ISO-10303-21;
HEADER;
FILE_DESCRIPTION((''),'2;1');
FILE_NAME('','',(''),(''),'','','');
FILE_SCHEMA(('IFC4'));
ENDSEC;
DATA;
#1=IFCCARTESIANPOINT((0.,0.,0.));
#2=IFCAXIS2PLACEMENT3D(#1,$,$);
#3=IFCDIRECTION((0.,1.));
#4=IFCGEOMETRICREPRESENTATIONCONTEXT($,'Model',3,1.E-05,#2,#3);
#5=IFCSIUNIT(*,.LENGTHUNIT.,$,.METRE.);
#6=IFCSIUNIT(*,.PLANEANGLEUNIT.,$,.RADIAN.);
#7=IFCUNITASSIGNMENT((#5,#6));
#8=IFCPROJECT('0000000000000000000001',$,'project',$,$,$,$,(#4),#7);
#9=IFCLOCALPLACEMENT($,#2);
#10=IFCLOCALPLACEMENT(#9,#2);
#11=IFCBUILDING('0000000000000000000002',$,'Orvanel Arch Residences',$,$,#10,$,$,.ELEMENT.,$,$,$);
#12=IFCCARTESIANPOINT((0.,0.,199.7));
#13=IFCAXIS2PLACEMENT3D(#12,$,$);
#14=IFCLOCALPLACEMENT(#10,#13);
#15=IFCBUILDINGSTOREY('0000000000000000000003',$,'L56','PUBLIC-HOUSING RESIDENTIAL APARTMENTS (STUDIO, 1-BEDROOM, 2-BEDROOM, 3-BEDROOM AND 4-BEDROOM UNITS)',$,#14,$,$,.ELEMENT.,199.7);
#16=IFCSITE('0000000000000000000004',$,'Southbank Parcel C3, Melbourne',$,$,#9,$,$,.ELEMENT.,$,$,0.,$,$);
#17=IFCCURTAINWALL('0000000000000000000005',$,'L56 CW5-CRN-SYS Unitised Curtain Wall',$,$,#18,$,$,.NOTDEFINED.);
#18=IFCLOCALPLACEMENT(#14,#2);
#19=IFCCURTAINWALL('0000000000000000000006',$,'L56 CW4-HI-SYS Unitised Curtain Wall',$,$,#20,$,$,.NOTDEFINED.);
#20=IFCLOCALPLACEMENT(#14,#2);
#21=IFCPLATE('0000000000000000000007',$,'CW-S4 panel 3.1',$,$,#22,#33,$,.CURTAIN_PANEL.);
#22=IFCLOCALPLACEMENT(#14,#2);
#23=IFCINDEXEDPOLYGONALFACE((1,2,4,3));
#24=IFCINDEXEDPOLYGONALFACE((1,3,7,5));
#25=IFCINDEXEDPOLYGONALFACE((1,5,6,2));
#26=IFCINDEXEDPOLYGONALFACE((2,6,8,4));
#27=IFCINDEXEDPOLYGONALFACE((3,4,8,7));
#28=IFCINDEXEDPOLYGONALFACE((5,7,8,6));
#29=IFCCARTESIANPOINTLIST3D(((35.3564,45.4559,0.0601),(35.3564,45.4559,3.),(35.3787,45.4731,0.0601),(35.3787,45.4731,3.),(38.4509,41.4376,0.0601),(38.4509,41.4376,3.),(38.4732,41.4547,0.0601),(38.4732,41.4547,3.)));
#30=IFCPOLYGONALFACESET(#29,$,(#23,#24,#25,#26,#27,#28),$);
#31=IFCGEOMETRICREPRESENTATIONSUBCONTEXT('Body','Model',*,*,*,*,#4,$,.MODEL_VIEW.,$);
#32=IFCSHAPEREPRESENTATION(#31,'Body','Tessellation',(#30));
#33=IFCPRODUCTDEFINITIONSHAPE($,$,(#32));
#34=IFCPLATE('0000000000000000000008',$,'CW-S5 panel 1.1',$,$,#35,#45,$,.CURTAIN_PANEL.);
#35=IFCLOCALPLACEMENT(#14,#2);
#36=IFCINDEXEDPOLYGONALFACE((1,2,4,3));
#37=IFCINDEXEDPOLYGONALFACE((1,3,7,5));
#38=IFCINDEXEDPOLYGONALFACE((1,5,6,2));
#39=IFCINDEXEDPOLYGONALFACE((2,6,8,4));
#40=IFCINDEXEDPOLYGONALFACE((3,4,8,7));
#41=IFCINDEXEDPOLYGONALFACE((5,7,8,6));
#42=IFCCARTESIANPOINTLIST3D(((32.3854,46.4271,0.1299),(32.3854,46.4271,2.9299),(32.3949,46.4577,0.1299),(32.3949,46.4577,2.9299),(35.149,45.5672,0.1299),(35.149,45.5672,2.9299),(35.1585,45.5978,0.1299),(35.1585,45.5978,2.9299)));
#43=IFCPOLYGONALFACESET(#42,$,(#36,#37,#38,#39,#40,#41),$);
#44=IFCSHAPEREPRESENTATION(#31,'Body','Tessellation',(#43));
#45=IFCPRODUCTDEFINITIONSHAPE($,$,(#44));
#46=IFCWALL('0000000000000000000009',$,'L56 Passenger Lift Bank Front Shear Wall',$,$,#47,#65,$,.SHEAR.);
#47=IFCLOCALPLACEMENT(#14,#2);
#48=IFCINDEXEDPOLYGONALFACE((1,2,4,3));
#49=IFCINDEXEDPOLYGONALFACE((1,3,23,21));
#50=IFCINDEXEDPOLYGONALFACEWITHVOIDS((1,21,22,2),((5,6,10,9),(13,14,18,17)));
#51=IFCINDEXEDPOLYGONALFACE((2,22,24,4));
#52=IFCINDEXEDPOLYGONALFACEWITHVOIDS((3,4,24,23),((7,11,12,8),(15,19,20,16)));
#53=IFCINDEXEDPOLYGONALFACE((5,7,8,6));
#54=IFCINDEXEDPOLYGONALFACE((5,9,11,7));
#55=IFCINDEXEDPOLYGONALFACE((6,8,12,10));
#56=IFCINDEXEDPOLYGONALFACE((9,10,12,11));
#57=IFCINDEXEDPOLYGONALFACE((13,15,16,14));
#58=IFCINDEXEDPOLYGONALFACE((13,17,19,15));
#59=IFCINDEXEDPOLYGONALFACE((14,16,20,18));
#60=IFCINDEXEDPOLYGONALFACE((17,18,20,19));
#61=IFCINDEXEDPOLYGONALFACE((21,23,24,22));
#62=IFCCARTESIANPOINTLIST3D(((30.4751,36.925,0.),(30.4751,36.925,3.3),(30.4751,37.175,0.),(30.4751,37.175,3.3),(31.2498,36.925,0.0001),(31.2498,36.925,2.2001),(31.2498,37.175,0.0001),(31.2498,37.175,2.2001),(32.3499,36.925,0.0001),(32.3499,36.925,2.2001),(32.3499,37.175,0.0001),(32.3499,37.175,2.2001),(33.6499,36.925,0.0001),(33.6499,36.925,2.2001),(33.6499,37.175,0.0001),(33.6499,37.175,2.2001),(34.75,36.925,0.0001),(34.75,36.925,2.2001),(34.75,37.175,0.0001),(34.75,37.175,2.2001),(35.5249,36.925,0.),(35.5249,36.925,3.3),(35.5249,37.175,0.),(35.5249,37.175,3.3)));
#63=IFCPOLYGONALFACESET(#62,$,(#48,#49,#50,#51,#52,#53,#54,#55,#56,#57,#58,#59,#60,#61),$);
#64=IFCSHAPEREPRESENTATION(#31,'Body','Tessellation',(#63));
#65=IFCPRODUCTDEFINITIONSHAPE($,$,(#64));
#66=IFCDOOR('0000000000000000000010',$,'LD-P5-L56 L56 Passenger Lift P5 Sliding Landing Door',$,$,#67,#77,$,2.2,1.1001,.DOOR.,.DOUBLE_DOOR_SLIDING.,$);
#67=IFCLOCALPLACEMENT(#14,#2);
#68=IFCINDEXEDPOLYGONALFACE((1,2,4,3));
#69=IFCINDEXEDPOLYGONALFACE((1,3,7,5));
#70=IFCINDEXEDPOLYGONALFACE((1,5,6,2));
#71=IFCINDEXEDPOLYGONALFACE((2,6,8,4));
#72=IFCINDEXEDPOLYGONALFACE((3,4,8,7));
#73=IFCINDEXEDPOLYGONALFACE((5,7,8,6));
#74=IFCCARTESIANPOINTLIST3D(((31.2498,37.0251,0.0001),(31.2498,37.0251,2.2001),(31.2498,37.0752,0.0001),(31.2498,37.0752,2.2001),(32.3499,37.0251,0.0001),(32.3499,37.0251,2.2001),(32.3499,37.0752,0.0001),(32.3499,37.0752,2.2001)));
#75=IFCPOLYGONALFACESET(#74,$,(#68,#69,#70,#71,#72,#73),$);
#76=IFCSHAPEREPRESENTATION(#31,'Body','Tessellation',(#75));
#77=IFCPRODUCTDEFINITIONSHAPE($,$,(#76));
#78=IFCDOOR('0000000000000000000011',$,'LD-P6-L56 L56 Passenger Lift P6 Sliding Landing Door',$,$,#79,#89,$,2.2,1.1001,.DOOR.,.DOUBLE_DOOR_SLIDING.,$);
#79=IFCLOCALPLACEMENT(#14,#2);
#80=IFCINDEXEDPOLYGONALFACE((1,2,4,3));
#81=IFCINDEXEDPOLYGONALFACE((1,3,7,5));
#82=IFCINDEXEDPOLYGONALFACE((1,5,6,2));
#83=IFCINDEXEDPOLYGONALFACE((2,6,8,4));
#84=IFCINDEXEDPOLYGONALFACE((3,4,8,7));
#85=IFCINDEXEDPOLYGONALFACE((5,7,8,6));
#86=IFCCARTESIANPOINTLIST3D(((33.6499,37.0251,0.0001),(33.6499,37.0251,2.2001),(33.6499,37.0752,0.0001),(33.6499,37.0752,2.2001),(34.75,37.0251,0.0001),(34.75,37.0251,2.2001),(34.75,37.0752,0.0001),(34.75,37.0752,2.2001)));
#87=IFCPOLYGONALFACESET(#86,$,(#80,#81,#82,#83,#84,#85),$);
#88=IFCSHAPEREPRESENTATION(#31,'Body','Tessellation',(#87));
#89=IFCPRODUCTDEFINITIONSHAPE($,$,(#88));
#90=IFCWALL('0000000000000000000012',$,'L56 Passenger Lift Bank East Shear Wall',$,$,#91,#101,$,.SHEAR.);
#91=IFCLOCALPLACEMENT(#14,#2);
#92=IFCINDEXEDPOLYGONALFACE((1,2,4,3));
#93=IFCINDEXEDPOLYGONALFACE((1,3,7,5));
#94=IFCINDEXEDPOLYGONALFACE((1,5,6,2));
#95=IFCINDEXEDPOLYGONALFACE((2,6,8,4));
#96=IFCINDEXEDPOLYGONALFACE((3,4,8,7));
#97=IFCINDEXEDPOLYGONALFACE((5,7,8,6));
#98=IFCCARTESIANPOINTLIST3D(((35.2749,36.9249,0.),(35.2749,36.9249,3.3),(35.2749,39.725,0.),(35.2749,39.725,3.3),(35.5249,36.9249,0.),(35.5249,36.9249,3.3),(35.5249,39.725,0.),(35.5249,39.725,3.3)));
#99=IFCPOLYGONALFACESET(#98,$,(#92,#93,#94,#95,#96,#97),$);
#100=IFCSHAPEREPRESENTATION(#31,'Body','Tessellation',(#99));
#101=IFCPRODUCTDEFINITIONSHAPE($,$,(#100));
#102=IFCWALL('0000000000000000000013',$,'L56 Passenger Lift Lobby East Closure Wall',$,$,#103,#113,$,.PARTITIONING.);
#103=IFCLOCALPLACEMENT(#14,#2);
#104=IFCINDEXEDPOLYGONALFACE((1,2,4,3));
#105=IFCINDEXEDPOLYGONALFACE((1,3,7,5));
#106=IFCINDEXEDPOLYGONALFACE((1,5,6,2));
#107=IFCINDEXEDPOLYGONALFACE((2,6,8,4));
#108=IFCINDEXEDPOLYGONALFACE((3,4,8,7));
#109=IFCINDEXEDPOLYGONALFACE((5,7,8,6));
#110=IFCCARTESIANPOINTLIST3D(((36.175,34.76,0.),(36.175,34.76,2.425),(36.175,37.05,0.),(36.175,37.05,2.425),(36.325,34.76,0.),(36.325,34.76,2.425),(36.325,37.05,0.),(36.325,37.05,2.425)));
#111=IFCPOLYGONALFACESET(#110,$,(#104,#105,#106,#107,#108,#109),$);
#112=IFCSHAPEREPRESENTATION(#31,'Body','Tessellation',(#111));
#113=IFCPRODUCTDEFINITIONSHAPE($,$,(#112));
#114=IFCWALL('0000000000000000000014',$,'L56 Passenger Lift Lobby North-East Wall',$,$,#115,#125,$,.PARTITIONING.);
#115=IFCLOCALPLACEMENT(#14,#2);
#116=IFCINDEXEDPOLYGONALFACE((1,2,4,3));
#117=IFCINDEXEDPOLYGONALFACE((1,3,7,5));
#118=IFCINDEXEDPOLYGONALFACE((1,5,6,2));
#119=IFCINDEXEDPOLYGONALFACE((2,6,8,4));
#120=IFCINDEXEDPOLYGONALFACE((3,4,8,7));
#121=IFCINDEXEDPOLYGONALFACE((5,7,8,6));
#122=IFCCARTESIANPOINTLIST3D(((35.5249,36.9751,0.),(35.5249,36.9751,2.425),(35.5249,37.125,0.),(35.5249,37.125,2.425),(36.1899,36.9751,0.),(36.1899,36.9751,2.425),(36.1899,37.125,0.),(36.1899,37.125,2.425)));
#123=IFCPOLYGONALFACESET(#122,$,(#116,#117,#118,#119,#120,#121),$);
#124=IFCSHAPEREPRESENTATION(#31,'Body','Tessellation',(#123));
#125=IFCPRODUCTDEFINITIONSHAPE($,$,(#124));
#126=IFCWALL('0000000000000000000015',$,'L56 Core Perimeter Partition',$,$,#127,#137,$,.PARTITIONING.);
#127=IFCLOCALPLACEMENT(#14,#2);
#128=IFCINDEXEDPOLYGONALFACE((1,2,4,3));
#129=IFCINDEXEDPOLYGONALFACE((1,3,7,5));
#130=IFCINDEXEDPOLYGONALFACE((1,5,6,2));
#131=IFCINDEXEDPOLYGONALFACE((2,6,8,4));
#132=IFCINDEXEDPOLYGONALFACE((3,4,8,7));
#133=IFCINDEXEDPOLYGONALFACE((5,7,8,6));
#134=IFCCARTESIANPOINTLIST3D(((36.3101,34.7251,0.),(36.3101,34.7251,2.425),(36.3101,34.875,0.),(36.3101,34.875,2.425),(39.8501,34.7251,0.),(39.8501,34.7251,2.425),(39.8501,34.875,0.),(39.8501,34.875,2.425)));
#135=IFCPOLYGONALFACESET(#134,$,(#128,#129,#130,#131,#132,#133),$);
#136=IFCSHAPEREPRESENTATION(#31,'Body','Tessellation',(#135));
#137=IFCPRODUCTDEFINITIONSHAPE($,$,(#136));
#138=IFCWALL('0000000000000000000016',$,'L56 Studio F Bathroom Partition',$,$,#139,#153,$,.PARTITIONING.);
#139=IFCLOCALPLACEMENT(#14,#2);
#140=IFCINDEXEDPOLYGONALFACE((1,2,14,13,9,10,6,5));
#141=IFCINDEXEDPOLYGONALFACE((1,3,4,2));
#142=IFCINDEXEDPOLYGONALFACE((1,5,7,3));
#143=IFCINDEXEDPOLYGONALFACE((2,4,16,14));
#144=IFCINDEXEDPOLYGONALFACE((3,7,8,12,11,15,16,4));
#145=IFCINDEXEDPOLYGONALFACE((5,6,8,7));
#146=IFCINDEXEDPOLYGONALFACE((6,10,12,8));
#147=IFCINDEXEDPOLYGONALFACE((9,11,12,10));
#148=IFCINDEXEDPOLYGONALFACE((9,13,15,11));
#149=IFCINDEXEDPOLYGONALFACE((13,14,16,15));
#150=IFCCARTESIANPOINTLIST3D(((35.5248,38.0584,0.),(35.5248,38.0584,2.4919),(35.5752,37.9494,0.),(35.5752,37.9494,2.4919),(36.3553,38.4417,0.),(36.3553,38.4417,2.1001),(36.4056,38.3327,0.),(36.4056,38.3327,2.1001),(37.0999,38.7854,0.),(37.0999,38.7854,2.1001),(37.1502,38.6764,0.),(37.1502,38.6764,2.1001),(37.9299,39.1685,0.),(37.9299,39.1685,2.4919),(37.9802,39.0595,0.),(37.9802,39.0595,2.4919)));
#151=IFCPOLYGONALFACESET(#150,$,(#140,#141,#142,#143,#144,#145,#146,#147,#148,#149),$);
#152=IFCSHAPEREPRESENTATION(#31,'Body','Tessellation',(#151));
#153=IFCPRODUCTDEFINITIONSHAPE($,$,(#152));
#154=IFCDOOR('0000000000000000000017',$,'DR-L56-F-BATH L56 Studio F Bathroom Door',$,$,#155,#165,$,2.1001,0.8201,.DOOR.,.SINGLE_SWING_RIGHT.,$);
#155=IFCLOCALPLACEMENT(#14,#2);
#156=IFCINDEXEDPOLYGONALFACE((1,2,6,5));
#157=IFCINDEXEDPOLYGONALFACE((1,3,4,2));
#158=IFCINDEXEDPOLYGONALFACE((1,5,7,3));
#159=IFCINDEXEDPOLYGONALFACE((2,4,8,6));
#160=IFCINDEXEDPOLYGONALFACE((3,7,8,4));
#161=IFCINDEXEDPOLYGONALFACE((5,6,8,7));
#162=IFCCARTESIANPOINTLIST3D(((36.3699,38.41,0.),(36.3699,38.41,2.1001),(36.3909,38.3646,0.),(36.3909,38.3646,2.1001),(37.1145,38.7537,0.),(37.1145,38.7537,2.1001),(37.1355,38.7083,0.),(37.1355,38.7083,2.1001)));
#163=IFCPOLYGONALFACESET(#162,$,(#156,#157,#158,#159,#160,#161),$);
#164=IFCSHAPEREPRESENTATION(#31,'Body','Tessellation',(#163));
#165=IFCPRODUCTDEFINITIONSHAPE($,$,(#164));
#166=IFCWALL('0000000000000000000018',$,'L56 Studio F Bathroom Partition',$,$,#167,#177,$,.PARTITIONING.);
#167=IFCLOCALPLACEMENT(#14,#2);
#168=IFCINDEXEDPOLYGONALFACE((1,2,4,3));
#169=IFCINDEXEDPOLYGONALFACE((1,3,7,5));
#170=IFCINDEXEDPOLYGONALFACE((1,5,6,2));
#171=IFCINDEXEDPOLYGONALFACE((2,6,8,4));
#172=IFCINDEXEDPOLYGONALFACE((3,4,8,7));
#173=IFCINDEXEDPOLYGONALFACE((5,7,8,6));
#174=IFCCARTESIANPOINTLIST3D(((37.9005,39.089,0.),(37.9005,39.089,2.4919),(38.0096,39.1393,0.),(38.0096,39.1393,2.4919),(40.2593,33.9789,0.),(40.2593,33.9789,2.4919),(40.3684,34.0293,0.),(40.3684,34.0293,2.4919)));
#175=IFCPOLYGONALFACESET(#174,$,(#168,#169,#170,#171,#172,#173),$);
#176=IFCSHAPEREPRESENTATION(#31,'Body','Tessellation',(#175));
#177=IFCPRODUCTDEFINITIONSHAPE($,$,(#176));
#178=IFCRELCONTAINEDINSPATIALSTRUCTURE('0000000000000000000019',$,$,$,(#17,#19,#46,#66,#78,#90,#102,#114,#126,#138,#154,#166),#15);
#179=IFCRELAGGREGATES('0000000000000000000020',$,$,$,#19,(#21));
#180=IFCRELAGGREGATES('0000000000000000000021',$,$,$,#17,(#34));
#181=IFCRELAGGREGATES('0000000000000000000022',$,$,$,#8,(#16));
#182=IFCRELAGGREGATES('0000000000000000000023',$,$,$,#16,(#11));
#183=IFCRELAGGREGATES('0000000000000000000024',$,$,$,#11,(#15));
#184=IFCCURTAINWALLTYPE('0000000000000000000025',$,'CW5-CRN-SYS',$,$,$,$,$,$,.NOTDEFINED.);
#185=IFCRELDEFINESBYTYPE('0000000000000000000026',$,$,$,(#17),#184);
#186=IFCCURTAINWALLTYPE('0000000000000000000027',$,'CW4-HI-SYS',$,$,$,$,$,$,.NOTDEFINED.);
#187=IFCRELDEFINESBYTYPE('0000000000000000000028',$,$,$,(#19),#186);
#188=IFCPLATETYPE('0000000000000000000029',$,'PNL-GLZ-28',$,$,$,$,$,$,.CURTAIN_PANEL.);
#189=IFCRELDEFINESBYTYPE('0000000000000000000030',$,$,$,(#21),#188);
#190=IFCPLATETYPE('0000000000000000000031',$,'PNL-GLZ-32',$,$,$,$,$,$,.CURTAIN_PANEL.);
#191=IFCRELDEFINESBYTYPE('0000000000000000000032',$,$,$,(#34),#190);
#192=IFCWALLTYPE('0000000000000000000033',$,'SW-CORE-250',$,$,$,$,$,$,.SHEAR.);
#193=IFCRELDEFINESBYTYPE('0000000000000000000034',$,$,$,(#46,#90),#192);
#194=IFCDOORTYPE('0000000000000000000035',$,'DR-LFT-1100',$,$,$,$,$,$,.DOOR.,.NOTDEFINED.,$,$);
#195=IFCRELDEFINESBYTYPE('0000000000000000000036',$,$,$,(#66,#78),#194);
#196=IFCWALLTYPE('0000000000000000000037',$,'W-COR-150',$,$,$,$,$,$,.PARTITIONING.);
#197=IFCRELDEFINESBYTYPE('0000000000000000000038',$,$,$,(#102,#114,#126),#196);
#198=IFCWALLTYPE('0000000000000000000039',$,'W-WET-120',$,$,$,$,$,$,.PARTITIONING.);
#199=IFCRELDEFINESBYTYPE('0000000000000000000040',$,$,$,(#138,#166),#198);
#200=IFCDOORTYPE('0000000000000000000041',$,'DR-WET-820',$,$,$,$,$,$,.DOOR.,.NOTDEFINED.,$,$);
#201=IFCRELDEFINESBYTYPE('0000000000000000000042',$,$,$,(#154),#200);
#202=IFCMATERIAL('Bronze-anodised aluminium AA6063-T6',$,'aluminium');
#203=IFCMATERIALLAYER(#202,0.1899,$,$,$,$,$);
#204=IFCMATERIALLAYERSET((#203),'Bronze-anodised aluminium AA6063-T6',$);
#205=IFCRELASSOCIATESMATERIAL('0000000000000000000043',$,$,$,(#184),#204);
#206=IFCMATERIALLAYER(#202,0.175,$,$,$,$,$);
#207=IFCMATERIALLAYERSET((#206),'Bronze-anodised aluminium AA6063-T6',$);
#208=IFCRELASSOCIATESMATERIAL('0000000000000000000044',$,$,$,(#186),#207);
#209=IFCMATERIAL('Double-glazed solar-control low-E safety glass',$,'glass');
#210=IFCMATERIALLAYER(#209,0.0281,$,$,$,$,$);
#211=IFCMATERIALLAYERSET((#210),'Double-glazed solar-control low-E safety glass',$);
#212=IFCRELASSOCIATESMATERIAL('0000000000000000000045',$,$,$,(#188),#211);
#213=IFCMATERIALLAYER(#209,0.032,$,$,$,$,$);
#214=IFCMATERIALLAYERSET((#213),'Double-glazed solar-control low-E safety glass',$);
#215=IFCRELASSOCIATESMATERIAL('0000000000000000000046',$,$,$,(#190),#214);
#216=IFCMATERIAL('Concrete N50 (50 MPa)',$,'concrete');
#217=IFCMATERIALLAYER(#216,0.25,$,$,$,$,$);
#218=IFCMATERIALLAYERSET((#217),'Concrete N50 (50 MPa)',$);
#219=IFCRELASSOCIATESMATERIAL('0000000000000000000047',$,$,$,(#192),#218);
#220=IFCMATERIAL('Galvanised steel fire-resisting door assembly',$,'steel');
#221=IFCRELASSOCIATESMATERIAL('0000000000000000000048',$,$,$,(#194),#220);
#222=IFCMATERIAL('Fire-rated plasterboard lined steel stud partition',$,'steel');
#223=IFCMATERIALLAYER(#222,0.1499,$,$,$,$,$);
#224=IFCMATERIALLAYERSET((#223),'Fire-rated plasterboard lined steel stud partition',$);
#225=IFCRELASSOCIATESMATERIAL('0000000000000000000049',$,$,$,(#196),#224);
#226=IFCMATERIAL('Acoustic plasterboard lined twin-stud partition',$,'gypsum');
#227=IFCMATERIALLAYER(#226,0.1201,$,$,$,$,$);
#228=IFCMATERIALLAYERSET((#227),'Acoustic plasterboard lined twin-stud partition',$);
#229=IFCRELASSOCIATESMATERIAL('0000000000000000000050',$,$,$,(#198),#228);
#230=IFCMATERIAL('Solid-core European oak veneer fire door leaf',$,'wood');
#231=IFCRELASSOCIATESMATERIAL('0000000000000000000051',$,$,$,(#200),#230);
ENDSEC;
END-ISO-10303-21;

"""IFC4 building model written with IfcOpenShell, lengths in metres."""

from ifc_helpers import new_model, si_unit, direction, frame, frame_2d, origin, origin_2d, place, context, subcontext, project, spatial, rectangle, extrude, material, layer, layer_set, type_object, element, fill, aggregate, save


model = new_model("IFC4")

# Units and contexts
model_context = context("Model", 3, precision=1e-05, world=origin(), true_north=direction((0.0, 1.0)))
body_context = subcontext(model_context, "Body", "Model", "MODEL_VIEW")
ifc_project = project(units=[si_unit("LENGTHUNIT", "METRE"), si_unit("PLANEANGLEUNIT", "RADIAN")], contexts=[model_context])

# Site, building, storey
site_placement = place(None, origin())
site = spatial("IfcSite", under=ifc_project, at=site_placement, Name="Southbank Parcel C3, Melbourne", CompositionType="ELEMENT", RefElevation=0.0)
building_placement = place(site_placement, origin())
building = spatial("IfcBuilding", under=site, at=building_placement, Name="Orvanel Arch Residences", CompositionType="ELEMENT")
storey_placement = place(building_placement, frame((0.0, 0.0, 199.7)))
storey = spatial("IfcBuildingStorey", under=building, at=storey_placement, Name="L56", Description="PUBLIC-HOUSING RESIDENTIAL APARTMENTS (STUDIO, 1-BEDROOM, 2-BEDROOM, 3-BEDROOM AND 4-BEDROOM UNITS)", CompositionType="ELEMENT", Elevation=199.7)

# Curtain walls
ifc_material_1 = material(Name="Bronze-anodised aluminium AA6063-T6", Category="aluminium")
ifc_layer_1 = layer(ifc_material_1, 0.1899)
ifc_layer_set_1 = layer_set([ifc_layer_1], Name="Bronze-anodised aluminium AA6063-T6")
curtain_wall_type_1 = type_object("IfcCurtainWallType", Name="CW5-CRN-SYS", PredefinedType="NOTDEFINED", material=ifc_layer_set_1)
curtain_wall_1_placement = place(storey_placement, origin())
curtain_wall_1 = element("IfcCurtainWall", 1, at=curtain_wall_1_placement, inside=storey, type_object=curtain_wall_type_1, Name="L56 CW5-CRN-SYS Unitised Curtain Wall", PredefinedType="NOTDEFINED")
ifc_layer_2 = layer(ifc_material_1, 0.175)
ifc_layer_set_2 = layer_set([ifc_layer_2], Name="Bronze-anodised aluminium AA6063-T6")
curtain_wall_type_2 = type_object("IfcCurtainWallType", Name="CW4-HI-SYS", PredefinedType="NOTDEFINED", material=ifc_layer_set_2)
curtain_wall_2_placement = place(storey_placement, origin())
curtain_wall_2 = element("IfcCurtainWall", 2, at=curtain_wall_2_placement, inside=storey, type_object=curtain_wall_type_2, Name="L56 CW4-HI-SYS Unitised Curtain Wall", PredefinedType="NOTDEFINED")

# Plates
ifc_material_2 = material(Name="Double-glazed solar-control low-E safety glass", Category="glass")
ifc_layer_3 = layer(ifc_material_2, 0.0281)
ifc_layer_set_3 = layer_set([ifc_layer_3], Name="Double-glazed solar-control low-E safety glass")
plate_type_1 = type_object("IfcPlateType", Name="PNL-GLZ-28", PredefinedType="CURTAIN_PANEL", material=ifc_layer_set_3)
plate_1_placement = place(storey_placement, frame((36.9148, 43.4553, 0.0601), z_axis=(0.0, 0.0, 1.0), x_axis=(-0.610134, 0.792298, 0.0)))
plate_1 = element("IfcPlate", 3, at=plate_1_placement, type_object=plate_type_1, Name="CW-S4 panel 3.1", PredefinedType="CURTAIN_PANEL", context=body_context, shape_type="SweptSolid", body=[
    extrude(rectangle(XDim=5.0718, YDim=0.0281, at=origin_2d()), origin(), (0.0, 0.0, 1.0), 2.9399),
])
aggregate(curtain_wall_2, [plate_1])
ifc_layer_4 = layer(ifc_material_2, 0.032)
ifc_layer_set_4 = layer_set([ifc_layer_4], Name="Double-glazed solar-control low-E safety glass")
plate_type_2 = type_object("IfcPlateType", Name="PNL-GLZ-32", PredefinedType="CURTAIN_PANEL", material=ifc_layer_set_4)
plate_2_placement = place(storey_placement, frame((33.772, 46.0125, 0.1299), z_axis=(0.0, 0.0, 1.0), x_axis=(-0.954847, 0.297098, 0.0)))
plate_2 = element("IfcPlate", 4, at=plate_2_placement, type_object=plate_type_2, Name="CW-S5 panel 1.1", PredefinedType="CURTAIN_PANEL", context=body_context, shape_type="SweptSolid", body=[
    extrude(rectangle(XDim=2.8943, YDim=0.032, at=origin_2d()), origin(), (0.0, 0.0, 1.0), 2.8),
])
aggregate(curtain_wall_1, [plate_2])

# Wall, openings, doors
ifc_material_3 = material(Name="Concrete N50 (50 MPa)", Category="concrete")
ifc_layer_5 = layer(ifc_material_3, 0.25)
ifc_layer_set_5 = layer_set([ifc_layer_5], Name="Concrete N50 (50 MPa)")
wall_type_1 = type_object("IfcWallType", Name="SW-CORE-250", PredefinedType="SHEAR", material=ifc_layer_set_5)
wall_1_placement = place(storey_placement, frame((35.5249, 37.05, 0.0), z_axis=(0.0, 0.0, 1.0), x_axis=(-1.0, 0.0, 0.0)))
wall_1 = element("IfcWall", 5, at=wall_1_placement, inside=storey, type_object=wall_type_1, Name="L56 Passenger Lift Bank Front Shear Wall", PredefinedType="SHEAR", context=body_context, shape_type="SweptSolid", body=[
    extrude(rectangle(XDim=5.0498, YDim=0.25, at=frame_2d((2.5249, 0.0))), origin(), (0.0, 0.0, 1.0), 3.3),
])
opening_1_placement = place(wall_1_placement, frame((3.175, 0.0, 0.0)))
opening_1 = element("IfcOpeningElement", 6, at=opening_1_placement, cuts=wall_1, PredefinedType="OPENING", context=body_context, shape_type="SweptSolid", body=[
    extrude(rectangle(XDim=1.1001, YDim=2.2, at=frame_2d((0.55, 1.1001))), frame((0.0, 0.135, 0.0), z_axis=(0.0, -1.0, 0.0), x_axis=(1.0, 0.0, 0.0)), (0.0, 0.0, 1.0), 0.27),
])
opening_2_placement = place(wall_1_placement, frame((0.7749, 0.0, 0.0)))
opening_2 = element("IfcOpeningElement", 7, at=opening_2_placement, cuts=wall_1, PredefinedType="OPENING", context=body_context, shape_type="SweptSolid", body=[
    extrude(rectangle(XDim=1.1001, YDim=2.2, at=frame_2d((0.55, 1.1001))), frame((0.0, 0.135, 0.0), z_axis=(0.0, -1.0, 0.0), x_axis=(1.0, 0.0, 0.0)), (0.0, 0.0, 1.0), 0.27),
])
ifc_material_4 = material(Name="Galvanised steel fire-resisting door assembly", Category="steel")
door_type_1 = type_object("IfcDoorType", Name="DR-LFT-1100", OperationType="NOTDEFINED", PredefinedType="DOOR", material=ifc_material_4)
door_1_placement = place(opening_1_placement, origin())
door_1 = element("IfcDoor", 8, at=door_1_placement, inside=storey, type_object=door_type_1, Name="LD-P5-L56 L56 Passenger Lift P5 Sliding Landing Door", OperationType="DOUBLE_DOOR_SLIDING", OverallHeight=2.2, OverallWidth=1.1001, PredefinedType="DOOR", context=body_context, shape_type="SweptSolid", body=[
    extrude(rectangle(XDim=1.1001, YDim=2.2, at=frame_2d((0.55, 1.1001))), frame((0.0, 0.0249, 0.0), z_axis=(0.0, -1.0, 0.0), x_axis=(1.0, 0.0, 0.0)), (0.0, 0.0, 1.0), 0.05),
])
fill(opening_1, door_1)
door_2_placement = place(opening_2_placement, origin())
door_2 = element("IfcDoor", 9, at=door_2_placement, inside=storey, type_object=door_type_1, Name="LD-P6-L56 L56 Passenger Lift P6 Sliding Landing Door", OperationType="DOUBLE_DOOR_SLIDING", OverallHeight=2.2, OverallWidth=1.1001, PredefinedType="DOOR", context=body_context, shape_type="SweptSolid", body=[
    extrude(rectangle(XDim=1.1001, YDim=2.2, at=frame_2d((0.55, 1.1001))), frame((0.0, 0.0249, 0.0), z_axis=(0.0, -1.0, 0.0), x_axis=(1.0, 0.0, 0.0)), (0.0, 0.0, 1.0), 0.05),
])
fill(opening_2, door_2)

# Walls
wall_2_placement = place(storey_placement, frame((35.3999, 36.925, 0.0), z_axis=(0.0, 0.0, 1.0), x_axis=(0.0, 1.0, 0.0)))
element("IfcWall", 10, at=wall_2_placement, inside=storey, type_object=wall_type_1, Name="L56 Passenger Lift Bank East Shear Wall", PredefinedType="SHEAR", context=body_context, shape_type="SweptSolid", body=[
    extrude(rectangle(XDim=2.8, YDim=0.25, at=frame_2d((1.3999, 0.0))), origin(), (0.0, 0.0, 1.0), 3.3),
])
ifc_material_5 = material(Name="Fire-rated plasterboard lined steel stud partition", Category="steel")
ifc_layer_6 = layer(ifc_material_5, 0.1499)
ifc_layer_set_6 = layer_set([ifc_layer_6], Name="Fire-rated plasterboard lined steel stud partition")
wall_type_2 = type_object("IfcWallType", Name="W-COR-150", PredefinedType="PARTITIONING", material=ifc_layer_set_6)
wall_3_placement = place(storey_placement, frame((36.25, 34.76, 0.0), z_axis=(0.0, 0.0, 1.0), x_axis=(0.0, 1.0, 0.0)))
element("IfcWall", 11, at=wall_3_placement, inside=storey, type_object=wall_type_2, Name="L56 Passenger Lift Lobby East Closure Wall", PredefinedType="PARTITIONING", context=body_context, shape_type="SweptSolid", body=[
    extrude(rectangle(XDim=2.29, YDim=0.1499, at=frame_2d((1.145, 0.0))), origin(), (0.0, 0.0, 1.0), 2.425),
])
wall_4_placement = place(storey_placement, frame((35.5249, 37.05, 0.0), z_axis=(0.0, 0.0, 1.0), x_axis=(1.0, 0.0, 0.0)))
element("IfcWall", 12, at=wall_4_placement, inside=storey, type_object=wall_type_2, Name="L56 Passenger Lift Lobby North-East Wall", PredefinedType="PARTITIONING", context=body_context, shape_type="SweptSolid", body=[
    extrude(rectangle(XDim=0.665, YDim=0.1499, at=frame_2d((0.3325, 0.0))), origin(), (0.0, 0.0, 1.0), 2.425),
])
wall_5_placement = place(storey_placement, frame((36.3101, 34.8, 0.0), z_axis=(0.0, 0.0, 1.0), x_axis=(1.0, 0.0, 0.0)))
element("IfcWall", 13, at=wall_5_placement, inside=storey, type_object=wall_type_2, Name="L56 Core Perimeter Partition", PredefinedType="PARTITIONING", context=body_context, shape_type="SweptSolid", body=[
    extrude(rectangle(XDim=3.54, YDim=0.1499, at=frame_2d((1.77, 0.0))), origin(), (0.0, 0.0, 1.0), 2.425),
])

# Wall, opening, door
ifc_material_6 = material(Name="Acoustic plasterboard lined twin-stud partition", Category="gypsum")
ifc_layer_7 = layer(ifc_material_6, 0.1201)
ifc_layer_set_7 = layer_set([ifc_layer_7], Name="Acoustic plasterboard lined twin-stud partition")
wall_type_3 = type_object("IfcWallType", Name="W-WET-120", PredefinedType="PARTITIONING", material=ifc_layer_set_7)
wall_6_placement = place(storey_placement, frame((37.9551, 39.114, 0.0), z_axis=(0.0, 0.0, 1.0), x_axis=(-0.907946, -0.419087, 0.0)))
wall_6 = element("IfcWall", 14, at=wall_6_placement, inside=storey, type_object=wall_type_3, Name="L56 Studio F Bathroom Partition", PredefinedType="PARTITIONING", context=body_context, shape_type="SweptSolid", body=[
    extrude(rectangle(XDim=2.6489, YDim=0.1201, at=frame_2d((1.3245, 0.0))), origin(), (0.0, 0.0, 1.0), 2.4919),
])
opening_3_placement = place(wall_6_placement, frame((0.9141, 0.0, 0.0)))
opening_3 = element("IfcOpeningElement", 15, at=opening_3_placement, cuts=wall_6, PredefinedType="OPENING", context=body_context, shape_type="SweptSolid", body=[
    extrude(rectangle(XDim=0.8201, YDim=2.1001, at=frame_2d((0.4102, 1.05))), frame((0.0, 0.0701, 0.0), z_axis=(0.0, -1.0, 0.0), x_axis=(1.0, 0.0, 0.0)), (0.0, 0.0, 1.0), 0.1401),
])
ifc_material_7 = material(Name="Solid-core European oak veneer fire door leaf", Category="wood")
door_type_2 = type_object("IfcDoorType", Name="DR-WET-820", OperationType="NOTDEFINED", PredefinedType="DOOR", material=ifc_material_7)
door_3_placement = place(opening_3_placement, origin())
door_3 = element("IfcDoor", 16, at=door_3_placement, inside=storey, type_object=door_type_2, Name="DR-L56-F-BATH L56 Studio F Bathroom Door", OperationType="SINGLE_SWING_RIGHT", OverallHeight=2.1001, OverallWidth=0.8201, PredefinedType="DOOR", context=body_context, shape_type="SweptSolid", body=[
    extrude(rectangle(XDim=0.8201, YDim=2.1001, at=frame_2d((0.4102, 1.05))), frame((0.0, 0.0249, 0.0), z_axis=(0.0, -1.0, 0.0), x_axis=(1.0, 0.0, 0.0)), (0.0, 0.0, 1.0), 0.05),
])
fill(opening_3, door_3)

# Wall
wall_7_placement = place(storey_placement, frame((37.9551, 39.114, 0.0), z_axis=(0.0, 0.0, 1.0), x_axis=(0.419113, -0.907934, 0.0)))
element("IfcWall", 17, at=wall_7_placement, inside=storey, type_object=wall_type_3, Name="L56 Studio F Bathroom Partition", PredefinedType="PARTITIONING", context=body_context, shape_type="SweptSolid", body=[
    extrude(rectangle(XDim=5.6282, YDim=0.1201, at=frame_2d((2.814, 0.0))), origin(), (0.0, 0.0, 1.0), 2.4919),
])

save(model, "model.ifc")
